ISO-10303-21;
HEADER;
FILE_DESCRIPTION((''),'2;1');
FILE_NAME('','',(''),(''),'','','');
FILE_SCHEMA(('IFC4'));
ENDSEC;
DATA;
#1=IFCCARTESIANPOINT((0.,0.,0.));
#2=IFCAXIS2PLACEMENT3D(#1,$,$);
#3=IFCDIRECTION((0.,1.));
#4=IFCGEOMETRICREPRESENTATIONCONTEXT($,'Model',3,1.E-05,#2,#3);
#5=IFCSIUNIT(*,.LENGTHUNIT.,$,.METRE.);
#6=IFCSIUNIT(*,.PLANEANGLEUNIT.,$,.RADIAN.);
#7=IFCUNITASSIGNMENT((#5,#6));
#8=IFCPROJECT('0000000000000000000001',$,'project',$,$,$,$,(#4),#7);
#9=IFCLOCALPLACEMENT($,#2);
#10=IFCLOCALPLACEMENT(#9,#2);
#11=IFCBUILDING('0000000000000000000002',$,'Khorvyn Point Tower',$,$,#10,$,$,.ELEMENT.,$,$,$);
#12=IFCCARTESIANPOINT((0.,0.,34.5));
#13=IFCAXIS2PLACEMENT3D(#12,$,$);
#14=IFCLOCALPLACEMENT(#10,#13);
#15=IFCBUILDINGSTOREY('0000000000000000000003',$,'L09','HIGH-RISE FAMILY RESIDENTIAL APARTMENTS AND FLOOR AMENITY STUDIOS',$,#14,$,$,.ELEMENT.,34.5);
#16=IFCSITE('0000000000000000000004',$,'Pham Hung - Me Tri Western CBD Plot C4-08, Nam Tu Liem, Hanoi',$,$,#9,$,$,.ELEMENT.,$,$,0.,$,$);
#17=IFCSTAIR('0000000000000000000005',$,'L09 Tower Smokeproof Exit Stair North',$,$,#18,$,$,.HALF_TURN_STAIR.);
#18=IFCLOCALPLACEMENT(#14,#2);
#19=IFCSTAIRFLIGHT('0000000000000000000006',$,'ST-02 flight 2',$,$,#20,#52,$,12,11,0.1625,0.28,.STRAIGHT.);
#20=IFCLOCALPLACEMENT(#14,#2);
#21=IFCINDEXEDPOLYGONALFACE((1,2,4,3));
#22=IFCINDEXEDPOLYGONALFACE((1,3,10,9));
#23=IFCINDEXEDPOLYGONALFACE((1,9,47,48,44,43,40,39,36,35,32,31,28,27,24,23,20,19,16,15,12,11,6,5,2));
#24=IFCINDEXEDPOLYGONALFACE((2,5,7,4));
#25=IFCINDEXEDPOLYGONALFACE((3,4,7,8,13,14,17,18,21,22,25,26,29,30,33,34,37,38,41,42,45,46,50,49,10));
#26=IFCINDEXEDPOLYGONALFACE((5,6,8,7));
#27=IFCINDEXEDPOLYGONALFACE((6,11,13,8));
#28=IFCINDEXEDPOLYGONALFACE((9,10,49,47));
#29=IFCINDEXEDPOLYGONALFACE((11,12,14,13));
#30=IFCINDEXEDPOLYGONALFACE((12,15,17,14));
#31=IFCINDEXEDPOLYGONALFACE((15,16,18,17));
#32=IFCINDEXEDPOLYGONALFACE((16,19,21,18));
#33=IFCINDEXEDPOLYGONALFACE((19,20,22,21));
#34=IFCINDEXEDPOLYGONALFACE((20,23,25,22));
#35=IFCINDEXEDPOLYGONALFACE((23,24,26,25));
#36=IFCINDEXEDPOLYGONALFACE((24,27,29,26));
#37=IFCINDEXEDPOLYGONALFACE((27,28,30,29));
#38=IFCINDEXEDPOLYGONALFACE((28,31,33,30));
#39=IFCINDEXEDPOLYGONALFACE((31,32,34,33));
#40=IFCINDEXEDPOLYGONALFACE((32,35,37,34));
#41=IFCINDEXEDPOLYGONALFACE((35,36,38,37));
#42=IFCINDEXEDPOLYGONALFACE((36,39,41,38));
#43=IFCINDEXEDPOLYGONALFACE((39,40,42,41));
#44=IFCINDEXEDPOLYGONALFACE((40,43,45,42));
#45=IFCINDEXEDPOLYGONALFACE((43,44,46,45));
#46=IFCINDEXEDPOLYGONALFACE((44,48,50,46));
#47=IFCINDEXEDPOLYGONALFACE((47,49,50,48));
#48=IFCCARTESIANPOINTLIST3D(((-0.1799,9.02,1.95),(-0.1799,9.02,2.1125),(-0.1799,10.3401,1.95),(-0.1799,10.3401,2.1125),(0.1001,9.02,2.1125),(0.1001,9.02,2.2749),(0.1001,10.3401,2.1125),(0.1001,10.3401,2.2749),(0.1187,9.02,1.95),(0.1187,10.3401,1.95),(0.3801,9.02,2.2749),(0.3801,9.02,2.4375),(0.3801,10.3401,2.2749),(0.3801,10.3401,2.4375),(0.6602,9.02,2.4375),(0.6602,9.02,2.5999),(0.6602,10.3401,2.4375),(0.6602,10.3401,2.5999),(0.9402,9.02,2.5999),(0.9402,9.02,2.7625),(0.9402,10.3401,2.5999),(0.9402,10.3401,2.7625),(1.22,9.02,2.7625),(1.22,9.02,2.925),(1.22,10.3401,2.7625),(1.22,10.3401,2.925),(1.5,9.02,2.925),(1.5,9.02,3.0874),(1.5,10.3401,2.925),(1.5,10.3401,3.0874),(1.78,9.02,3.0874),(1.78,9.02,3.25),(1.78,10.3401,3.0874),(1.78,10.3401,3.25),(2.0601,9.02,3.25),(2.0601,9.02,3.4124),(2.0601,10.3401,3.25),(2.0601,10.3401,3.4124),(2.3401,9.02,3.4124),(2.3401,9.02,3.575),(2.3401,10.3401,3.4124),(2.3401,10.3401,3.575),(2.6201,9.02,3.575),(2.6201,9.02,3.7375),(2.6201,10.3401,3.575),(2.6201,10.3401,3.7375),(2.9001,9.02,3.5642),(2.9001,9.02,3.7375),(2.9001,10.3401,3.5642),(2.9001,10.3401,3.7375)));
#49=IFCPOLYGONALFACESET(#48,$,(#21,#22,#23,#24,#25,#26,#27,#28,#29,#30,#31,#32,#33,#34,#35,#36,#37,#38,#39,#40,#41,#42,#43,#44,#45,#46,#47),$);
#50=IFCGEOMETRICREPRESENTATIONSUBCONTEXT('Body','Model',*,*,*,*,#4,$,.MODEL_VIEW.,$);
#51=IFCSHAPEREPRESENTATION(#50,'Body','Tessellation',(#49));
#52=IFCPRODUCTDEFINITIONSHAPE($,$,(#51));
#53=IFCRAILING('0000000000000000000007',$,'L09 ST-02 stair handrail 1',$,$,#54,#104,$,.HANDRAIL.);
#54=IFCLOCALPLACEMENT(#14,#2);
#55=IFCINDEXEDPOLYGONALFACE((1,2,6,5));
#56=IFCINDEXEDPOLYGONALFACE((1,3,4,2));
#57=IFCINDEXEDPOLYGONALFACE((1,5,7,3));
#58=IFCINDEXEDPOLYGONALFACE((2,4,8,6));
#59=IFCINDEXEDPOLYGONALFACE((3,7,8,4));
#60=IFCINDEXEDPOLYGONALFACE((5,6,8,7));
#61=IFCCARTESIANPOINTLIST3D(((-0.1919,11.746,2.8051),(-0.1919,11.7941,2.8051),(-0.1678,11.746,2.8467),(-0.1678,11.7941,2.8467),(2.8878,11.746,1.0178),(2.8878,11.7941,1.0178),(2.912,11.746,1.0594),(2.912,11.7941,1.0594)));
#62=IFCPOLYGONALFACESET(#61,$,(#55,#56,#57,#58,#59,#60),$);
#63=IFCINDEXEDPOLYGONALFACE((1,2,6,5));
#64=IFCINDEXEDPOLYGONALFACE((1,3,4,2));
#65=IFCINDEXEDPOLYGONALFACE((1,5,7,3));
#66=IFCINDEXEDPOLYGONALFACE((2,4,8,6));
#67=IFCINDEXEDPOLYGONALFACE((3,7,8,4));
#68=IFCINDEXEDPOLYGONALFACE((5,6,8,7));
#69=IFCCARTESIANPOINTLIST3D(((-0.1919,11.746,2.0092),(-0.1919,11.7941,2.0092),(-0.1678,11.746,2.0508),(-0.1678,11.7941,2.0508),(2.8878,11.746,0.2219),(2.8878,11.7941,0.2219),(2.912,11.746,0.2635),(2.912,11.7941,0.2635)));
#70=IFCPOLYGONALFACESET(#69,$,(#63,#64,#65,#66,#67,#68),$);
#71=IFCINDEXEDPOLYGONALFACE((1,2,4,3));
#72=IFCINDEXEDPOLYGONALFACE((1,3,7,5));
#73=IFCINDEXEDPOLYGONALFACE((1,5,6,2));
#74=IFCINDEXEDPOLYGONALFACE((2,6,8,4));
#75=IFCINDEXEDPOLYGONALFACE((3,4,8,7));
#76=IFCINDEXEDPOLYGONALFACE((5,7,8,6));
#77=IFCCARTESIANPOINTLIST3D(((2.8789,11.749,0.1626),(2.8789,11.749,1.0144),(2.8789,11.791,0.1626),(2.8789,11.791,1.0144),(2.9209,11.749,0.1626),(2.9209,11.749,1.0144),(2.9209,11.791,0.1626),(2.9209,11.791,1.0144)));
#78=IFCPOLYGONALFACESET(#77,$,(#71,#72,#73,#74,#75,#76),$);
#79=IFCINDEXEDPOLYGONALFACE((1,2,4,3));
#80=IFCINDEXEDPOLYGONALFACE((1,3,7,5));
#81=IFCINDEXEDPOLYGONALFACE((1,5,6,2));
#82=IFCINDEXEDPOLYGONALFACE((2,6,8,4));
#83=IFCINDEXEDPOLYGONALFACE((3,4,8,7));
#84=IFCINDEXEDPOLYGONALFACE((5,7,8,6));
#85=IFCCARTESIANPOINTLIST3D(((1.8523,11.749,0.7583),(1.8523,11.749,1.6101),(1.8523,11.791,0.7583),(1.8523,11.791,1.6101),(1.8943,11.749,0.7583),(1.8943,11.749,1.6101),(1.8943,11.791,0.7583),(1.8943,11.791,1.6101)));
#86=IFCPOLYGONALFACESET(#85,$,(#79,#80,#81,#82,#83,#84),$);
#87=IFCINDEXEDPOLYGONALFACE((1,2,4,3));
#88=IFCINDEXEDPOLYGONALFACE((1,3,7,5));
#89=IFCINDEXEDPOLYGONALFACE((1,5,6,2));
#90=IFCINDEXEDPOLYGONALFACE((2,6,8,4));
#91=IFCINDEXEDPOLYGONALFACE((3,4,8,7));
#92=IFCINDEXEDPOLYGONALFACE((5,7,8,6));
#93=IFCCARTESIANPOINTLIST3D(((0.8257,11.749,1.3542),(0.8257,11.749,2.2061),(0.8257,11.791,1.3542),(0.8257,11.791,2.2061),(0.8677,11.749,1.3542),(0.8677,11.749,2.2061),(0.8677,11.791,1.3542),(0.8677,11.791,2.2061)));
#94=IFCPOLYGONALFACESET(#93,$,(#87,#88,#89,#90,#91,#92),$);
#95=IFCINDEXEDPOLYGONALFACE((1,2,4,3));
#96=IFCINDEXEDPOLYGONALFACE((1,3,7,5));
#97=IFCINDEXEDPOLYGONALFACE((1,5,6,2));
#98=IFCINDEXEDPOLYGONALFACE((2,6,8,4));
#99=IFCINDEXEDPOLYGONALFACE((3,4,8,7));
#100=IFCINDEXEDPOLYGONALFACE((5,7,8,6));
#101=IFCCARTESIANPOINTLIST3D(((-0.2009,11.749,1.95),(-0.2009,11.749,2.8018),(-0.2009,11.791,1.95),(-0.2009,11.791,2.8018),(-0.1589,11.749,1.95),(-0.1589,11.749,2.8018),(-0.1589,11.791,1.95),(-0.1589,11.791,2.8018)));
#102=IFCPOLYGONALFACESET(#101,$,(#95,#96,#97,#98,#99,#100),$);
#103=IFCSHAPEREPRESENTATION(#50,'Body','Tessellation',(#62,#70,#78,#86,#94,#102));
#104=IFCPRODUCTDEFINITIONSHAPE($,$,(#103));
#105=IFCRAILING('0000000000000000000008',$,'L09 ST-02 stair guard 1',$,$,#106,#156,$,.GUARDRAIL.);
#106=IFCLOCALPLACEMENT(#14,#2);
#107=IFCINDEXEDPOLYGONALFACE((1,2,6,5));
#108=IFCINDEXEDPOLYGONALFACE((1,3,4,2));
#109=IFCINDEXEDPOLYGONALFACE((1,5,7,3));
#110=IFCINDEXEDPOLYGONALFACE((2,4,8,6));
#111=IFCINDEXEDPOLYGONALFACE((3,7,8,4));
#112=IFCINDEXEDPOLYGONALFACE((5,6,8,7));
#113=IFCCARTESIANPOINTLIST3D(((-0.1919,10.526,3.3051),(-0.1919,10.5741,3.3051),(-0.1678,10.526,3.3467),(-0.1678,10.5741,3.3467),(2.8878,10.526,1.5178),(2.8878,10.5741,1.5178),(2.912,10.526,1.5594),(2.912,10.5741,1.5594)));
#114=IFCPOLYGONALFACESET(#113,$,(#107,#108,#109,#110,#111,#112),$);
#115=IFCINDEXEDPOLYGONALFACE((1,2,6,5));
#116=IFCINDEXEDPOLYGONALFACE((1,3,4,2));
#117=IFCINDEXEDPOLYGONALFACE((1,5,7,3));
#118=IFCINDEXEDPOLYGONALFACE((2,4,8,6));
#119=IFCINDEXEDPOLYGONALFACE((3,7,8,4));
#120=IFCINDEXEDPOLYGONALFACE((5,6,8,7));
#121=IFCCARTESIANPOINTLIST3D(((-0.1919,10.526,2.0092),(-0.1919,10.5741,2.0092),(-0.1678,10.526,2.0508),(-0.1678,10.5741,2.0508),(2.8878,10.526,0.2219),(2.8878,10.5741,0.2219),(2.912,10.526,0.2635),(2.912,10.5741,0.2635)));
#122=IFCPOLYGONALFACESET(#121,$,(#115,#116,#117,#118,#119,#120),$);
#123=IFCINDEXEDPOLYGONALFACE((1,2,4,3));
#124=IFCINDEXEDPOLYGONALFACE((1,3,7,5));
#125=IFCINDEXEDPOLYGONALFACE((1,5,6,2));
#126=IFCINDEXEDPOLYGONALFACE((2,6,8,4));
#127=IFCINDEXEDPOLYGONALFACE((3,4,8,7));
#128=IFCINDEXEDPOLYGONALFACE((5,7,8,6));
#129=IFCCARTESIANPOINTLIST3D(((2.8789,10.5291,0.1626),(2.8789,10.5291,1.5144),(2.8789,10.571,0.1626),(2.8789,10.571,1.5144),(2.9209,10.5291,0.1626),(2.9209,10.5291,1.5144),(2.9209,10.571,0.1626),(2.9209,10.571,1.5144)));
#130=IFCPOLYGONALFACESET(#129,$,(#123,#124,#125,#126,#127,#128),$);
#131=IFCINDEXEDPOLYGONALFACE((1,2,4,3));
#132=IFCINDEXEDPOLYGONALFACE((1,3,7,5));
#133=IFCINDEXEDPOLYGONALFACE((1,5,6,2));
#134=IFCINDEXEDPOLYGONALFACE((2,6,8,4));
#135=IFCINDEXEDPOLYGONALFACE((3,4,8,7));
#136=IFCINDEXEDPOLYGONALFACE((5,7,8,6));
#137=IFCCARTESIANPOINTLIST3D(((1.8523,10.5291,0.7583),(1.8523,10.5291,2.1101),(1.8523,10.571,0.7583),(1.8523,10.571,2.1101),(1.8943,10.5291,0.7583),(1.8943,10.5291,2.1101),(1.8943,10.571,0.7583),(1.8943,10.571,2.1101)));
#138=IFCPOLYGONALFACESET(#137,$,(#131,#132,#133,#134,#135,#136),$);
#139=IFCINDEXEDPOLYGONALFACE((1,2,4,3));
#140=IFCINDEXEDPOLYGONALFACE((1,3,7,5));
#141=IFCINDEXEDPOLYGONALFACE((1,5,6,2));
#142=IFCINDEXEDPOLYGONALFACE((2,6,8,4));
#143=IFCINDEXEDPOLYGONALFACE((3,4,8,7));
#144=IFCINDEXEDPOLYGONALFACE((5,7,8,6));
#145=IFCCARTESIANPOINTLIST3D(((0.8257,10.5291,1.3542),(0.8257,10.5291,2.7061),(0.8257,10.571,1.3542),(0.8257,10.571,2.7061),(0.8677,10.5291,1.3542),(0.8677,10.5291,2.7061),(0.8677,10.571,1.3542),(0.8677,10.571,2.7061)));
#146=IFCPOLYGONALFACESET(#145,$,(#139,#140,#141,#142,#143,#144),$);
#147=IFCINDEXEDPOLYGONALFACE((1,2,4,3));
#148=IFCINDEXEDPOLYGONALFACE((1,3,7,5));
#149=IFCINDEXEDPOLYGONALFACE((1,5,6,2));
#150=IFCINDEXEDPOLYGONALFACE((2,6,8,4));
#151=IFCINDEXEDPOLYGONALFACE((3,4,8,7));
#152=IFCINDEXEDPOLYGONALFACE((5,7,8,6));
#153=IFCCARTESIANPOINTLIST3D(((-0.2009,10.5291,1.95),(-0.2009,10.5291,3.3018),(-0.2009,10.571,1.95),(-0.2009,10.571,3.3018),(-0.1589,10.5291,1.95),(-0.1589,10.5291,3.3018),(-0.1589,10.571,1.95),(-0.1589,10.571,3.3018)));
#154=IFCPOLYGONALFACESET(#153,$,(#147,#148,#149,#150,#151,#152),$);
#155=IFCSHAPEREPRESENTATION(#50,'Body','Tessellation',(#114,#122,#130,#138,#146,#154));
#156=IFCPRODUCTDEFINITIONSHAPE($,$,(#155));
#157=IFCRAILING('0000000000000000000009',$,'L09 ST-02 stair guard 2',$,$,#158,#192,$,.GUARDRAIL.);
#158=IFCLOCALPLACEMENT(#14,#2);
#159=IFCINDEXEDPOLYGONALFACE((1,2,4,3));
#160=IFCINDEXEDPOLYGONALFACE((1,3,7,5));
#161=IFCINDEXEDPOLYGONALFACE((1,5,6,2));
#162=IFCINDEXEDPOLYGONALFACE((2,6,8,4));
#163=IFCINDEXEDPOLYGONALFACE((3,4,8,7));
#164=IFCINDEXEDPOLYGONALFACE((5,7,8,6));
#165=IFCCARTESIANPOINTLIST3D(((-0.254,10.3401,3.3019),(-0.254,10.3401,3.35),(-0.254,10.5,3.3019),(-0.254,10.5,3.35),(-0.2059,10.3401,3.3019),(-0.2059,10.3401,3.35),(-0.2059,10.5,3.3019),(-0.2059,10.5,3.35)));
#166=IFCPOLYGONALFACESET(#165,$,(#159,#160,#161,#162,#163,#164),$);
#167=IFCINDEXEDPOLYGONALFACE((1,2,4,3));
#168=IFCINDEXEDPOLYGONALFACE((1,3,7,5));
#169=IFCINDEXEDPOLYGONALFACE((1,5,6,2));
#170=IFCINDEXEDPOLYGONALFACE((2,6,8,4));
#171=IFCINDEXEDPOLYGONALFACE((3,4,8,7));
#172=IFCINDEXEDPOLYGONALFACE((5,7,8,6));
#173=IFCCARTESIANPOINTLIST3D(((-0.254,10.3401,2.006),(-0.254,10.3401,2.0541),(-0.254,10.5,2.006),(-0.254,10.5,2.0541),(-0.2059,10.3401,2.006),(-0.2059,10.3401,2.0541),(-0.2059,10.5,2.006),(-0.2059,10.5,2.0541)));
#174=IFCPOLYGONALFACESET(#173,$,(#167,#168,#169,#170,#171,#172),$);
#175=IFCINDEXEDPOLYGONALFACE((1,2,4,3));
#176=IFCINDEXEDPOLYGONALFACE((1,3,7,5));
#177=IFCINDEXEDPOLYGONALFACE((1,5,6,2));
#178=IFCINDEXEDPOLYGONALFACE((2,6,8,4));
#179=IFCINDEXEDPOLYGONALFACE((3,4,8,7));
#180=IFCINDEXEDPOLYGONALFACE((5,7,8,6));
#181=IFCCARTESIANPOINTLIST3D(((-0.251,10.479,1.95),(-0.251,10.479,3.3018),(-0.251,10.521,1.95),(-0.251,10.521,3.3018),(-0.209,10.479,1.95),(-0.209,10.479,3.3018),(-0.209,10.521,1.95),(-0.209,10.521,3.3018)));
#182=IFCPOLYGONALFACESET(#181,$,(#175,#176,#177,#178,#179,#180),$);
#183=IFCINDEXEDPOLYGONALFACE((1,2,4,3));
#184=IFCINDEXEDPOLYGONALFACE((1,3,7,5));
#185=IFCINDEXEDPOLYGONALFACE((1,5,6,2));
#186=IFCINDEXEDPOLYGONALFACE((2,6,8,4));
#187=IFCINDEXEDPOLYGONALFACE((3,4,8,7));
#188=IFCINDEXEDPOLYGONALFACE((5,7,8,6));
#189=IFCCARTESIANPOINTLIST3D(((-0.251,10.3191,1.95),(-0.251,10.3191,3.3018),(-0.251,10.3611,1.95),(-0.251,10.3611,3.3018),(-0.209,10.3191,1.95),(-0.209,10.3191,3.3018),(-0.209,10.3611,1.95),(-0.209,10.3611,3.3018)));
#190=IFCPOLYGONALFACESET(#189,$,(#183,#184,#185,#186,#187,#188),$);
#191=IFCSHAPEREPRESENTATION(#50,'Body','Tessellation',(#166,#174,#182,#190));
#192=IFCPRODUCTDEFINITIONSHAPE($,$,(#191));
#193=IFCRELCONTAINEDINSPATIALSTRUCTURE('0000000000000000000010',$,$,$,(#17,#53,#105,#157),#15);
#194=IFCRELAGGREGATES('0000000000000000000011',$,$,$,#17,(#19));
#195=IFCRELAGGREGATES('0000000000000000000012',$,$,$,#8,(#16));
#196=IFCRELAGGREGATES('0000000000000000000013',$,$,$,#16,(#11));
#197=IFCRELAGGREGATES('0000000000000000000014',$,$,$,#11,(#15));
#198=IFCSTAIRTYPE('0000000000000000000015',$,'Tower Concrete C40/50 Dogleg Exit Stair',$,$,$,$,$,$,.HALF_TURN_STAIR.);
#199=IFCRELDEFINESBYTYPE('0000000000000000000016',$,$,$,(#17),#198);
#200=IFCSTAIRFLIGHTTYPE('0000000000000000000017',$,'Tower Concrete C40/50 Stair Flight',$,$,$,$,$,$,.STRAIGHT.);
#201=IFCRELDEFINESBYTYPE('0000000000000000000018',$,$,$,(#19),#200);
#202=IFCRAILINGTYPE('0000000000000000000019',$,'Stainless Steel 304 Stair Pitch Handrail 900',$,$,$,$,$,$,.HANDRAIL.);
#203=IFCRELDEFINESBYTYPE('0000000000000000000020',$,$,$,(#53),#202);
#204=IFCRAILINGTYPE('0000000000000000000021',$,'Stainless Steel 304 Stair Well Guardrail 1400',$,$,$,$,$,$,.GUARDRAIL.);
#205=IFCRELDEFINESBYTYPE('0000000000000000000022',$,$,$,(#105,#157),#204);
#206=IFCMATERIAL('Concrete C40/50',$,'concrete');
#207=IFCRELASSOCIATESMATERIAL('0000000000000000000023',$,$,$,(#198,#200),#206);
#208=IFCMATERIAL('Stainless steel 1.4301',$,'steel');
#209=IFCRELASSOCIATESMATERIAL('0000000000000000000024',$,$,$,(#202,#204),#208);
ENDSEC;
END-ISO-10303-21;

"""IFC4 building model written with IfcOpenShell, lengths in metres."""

from ifc_helpers import new_model, si_unit, direction, frame, origin, origin_2d, place, context, subcontext, project, spatial, polyline, rectangle, outline, extrude, material, type_object, element, aggregate, save


model = new_model("IFC4")

# Units and contexts
model_context = context("Model", 3, precision=1e-05, world=origin(), true_north=direction((0.0, 1.0)))
body_context = subcontext(model_context, "Body", "Model", "MODEL_VIEW")
ifc_project = project(units=[si_unit("LENGTHUNIT", "METRE"), si_unit("PLANEANGLEUNIT", "RADIAN")], contexts=[model_context])

# Site, building, storey
site_placement = place(None, origin())
site = spatial("IfcSite", under=ifc_project, at=site_placement, Name="Pham Hung - Me Tri Western CBD Plot C4-08, Nam Tu Liem, Hanoi", CompositionType="ELEMENT", RefElevation=0.0)
building_placement = place(site_placement, origin())
building = spatial("IfcBuilding", under=site, at=building_placement, Name="Khorvyn Point Tower", CompositionType="ELEMENT")
storey_placement = place(building_placement, frame((0.0, 0.0, 34.5)))
storey = spatial("IfcBuildingStorey", under=building, at=storey_placement, Name="L09", Description="HIGH-RISE FAMILY RESIDENTIAL APARTMENTS AND FLOOR AMENITY STUDIOS", CompositionType="ELEMENT", Elevation=34.5)

# Shared definitions
ifc_material_1 = material(Name="Concrete C40/50", Category="concrete")

# Stair, stair flight
stair_type = type_object("IfcStairType", Name="Tower Concrete C40/50 Dogleg Exit Stair", PredefinedType="HALF_TURN_STAIR", material=ifc_material_1)
stair_placement = place(storey_placement, origin())
stair = element("IfcStair", 1, at=stair_placement, inside=storey, type_object=stair_type, Name="L09 Tower Smokeproof Exit Stair North", PredefinedType="HALF_TURN_STAIR")
stair_flight_type = type_object("IfcStairFlightType", Name="Tower Concrete C40/50 Stair Flight", PredefinedType="STRAIGHT", material=ifc_material_1)
stair_flight_1_placement = place(storey_placement, frame((-0.1799, 9.6799, 1.95), z_axis=(0.0, 0.0, 1.0), x_axis=(1.0, 0.0, 0.0)))
stair_flight_1 = element("IfcStairFlight", 2, at=stair_flight_1_placement, type_object=stair_flight_type, Name="ST-02 flight 2", NumberOfRisers=12, NumberOfTreads=11, PredefinedType="STRAIGHT", RiserHeight=0.1625, TreadLength=0.28, context=body_context, shape_type="SweptSolid", body=[
    extrude(outline(polyline([(0.0, 0.0), (0.0, 0.1626), (0.28, 0.1626), (0.28, 0.325), (0.5601, 0.325), (0.5601, 0.4875), (0.8401, 0.4875), (0.8401, 0.6499), (1.1201, 0.6499), (1.1201, 0.8125), (1.3999, 0.8125), (1.3999, 0.9751), (1.6799, 0.9751), (1.6799, 1.1375), (1.96, 1.1375), (1.96, 1.3), (2.24, 1.3), (2.24, 1.4624), (2.52, 1.4624), (2.52, 1.625), (2.8, 1.625), (2.8, 1.7876), (3.0801, 1.7876), (3.0801, 1.95), (3.0801, 1.6143), (0.2986, 0.0), (0.0, 0.0)])), frame((0.0, 0.6602, 0.0), z_axis=(0.0, -1.0, 0.0), x_axis=(1.0, 0.0, 0.0)), (0.0, 0.0, 1.0), 1.3201),
])
aggregate(stair, [stair_flight_1])

# Railings
ifc_material_2 = material(Name="Stainless steel 1.4301", Category="steel")
railing_type_1 = type_object("IfcRailingType", Name="Stainless Steel 304 Stair Pitch Handrail 900", PredefinedType="HANDRAIL", material=ifc_material_2)
railing_1_placement = place(storey_placement, frame((2.8999, 11.77, 0.1626)))
element("IfcRailing", 3, at=railing_1_placement, inside=storey, type_object=railing_type_1, Name="L09 ST-02 stair handrail 1", PredefinedType="HANDRAIL", context=body_context, shape_type="SweptSolid", body=[
    extrude(rectangle(XDim=0.0481, YDim=0.0481, at=origin_2d()), frame((0.0, 0.0, 0.876), z_axis=(-0.864903, 0.0, 0.501939), x_axis=(0.0, -1.0, 0.0)), (0.0, 0.0, 1.0), 3.5608),
    extrude(rectangle(XDim=0.0481, YDim=0.0481, at=origin_2d()), frame((0.0, 0.0, 0.0801), z_axis=(-0.864903, 0.0, 0.501939), x_axis=(0.0, -1.0, 0.0)), (0.0, 0.0, 1.0), 3.5608),
    extrude(rectangle(XDim=0.042, YDim=0.042, at=origin_2d()), origin(), (0.0, 0.0, 1.0), 0.8518),
    extrude(rectangle(XDim=0.042, YDim=0.042, at=origin_2d()), frame((-1.0266, 0.0, 0.5957)), (0.0, 0.0, 1.0), 0.8518),
    extrude(rectangle(XDim=0.042, YDim=0.042, at=origin_2d()), frame((-2.0532, 0.0, 1.1917)), (0.0, 0.0, 1.0), 0.8518),
    extrude(rectangle(XDim=0.042, YDim=0.042, at=origin_2d()), frame((-3.0798, 0.0, 1.7874)), (0.0, 0.0, 1.0), 0.8518),
])
railing_type_2 = type_object("IfcRailingType", Name="Stainless Steel 304 Stair Well Guardrail 1400", PredefinedType="GUARDRAIL", material=ifc_material_2)
railing_2_placement = place(storey_placement, frame((2.8999, 10.55, 0.1626)))
element("IfcRailing", 4, at=railing_2_placement, inside=storey, type_object=railing_type_2, Name="L09 ST-02 stair guard 1", PredefinedType="GUARDRAIL", context=body_context, shape_type="SweptSolid", body=[
    extrude(rectangle(XDim=0.0481, YDim=0.0481, at=origin_2d()), frame((0.0, 0.0, 1.376), z_axis=(-0.864903, 0.0, 0.501939), x_axis=(0.0, -1.0, 0.0)), (0.0, 0.0, 1.0), 3.5608),
    extrude(rectangle(XDim=0.0481, YDim=0.0481, at=origin_2d()), frame((0.0, 0.0, 0.0801), z_axis=(-0.864903, 0.0, 0.501939), x_axis=(0.0, -1.0, 0.0)), (0.0, 0.0, 1.0), 3.5608),
    extrude(rectangle(XDim=0.042, YDim=0.042, at=origin_2d()), origin(), (0.0, 0.0, 1.0), 1.3518),
    extrude(rectangle(XDim=0.042, YDim=0.042, at=origin_2d()), frame((-1.0266, 0.0, 0.5957)), (0.0, 0.0, 1.0), 1.3518),
    extrude(rectangle(XDim=0.042, YDim=0.042, at=origin_2d()), frame((-2.0532, 0.0, 1.1917)), (0.0, 0.0, 1.0), 1.3518),
    extrude(rectangle(XDim=0.042, YDim=0.042, at=origin_2d()), frame((-3.0798, 0.0, 1.7874)), (0.0, 0.0, 1.0), 1.3518),
])
railing_3_placement = place(storey_placement, frame((-0.23, 10.5, 1.95)))
element("IfcRailing", 5, at=railing_3_placement, inside=storey, type_object=railing_type_2, Name="L09 ST-02 stair guard 2", PredefinedType="GUARDRAIL", context=body_context, shape_type="SweptSolid", body=[
    extrude(rectangle(XDim=0.0481, YDim=0.0481, at=origin_2d()), frame((0.0, 0.0, 1.376), z_axis=(0.0, -1.0, 0.0), x_axis=(1.0, 0.0, 0.0)), (0.0, 0.0, 1.0), 0.1599),
    extrude(rectangle(XDim=0.0481, YDim=0.0481, at=origin_2d()), frame((0.0, 0.0, 0.0801), z_axis=(0.0, -1.0, 0.0), x_axis=(1.0, 0.0, 0.0)), (0.0, 0.0, 1.0), 0.1599),
    extrude(rectangle(XDim=0.042, YDim=0.042, at=origin_2d()), origin(), (0.0, 0.0, 1.0), 1.3518),
    extrude(rectangle(XDim=0.042, YDim=0.042, at=origin_2d()), frame((0.0, -0.1599, 0.0)), (0.0, 0.0, 1.0), 1.3518),
])

save(model, "model.ifc")
